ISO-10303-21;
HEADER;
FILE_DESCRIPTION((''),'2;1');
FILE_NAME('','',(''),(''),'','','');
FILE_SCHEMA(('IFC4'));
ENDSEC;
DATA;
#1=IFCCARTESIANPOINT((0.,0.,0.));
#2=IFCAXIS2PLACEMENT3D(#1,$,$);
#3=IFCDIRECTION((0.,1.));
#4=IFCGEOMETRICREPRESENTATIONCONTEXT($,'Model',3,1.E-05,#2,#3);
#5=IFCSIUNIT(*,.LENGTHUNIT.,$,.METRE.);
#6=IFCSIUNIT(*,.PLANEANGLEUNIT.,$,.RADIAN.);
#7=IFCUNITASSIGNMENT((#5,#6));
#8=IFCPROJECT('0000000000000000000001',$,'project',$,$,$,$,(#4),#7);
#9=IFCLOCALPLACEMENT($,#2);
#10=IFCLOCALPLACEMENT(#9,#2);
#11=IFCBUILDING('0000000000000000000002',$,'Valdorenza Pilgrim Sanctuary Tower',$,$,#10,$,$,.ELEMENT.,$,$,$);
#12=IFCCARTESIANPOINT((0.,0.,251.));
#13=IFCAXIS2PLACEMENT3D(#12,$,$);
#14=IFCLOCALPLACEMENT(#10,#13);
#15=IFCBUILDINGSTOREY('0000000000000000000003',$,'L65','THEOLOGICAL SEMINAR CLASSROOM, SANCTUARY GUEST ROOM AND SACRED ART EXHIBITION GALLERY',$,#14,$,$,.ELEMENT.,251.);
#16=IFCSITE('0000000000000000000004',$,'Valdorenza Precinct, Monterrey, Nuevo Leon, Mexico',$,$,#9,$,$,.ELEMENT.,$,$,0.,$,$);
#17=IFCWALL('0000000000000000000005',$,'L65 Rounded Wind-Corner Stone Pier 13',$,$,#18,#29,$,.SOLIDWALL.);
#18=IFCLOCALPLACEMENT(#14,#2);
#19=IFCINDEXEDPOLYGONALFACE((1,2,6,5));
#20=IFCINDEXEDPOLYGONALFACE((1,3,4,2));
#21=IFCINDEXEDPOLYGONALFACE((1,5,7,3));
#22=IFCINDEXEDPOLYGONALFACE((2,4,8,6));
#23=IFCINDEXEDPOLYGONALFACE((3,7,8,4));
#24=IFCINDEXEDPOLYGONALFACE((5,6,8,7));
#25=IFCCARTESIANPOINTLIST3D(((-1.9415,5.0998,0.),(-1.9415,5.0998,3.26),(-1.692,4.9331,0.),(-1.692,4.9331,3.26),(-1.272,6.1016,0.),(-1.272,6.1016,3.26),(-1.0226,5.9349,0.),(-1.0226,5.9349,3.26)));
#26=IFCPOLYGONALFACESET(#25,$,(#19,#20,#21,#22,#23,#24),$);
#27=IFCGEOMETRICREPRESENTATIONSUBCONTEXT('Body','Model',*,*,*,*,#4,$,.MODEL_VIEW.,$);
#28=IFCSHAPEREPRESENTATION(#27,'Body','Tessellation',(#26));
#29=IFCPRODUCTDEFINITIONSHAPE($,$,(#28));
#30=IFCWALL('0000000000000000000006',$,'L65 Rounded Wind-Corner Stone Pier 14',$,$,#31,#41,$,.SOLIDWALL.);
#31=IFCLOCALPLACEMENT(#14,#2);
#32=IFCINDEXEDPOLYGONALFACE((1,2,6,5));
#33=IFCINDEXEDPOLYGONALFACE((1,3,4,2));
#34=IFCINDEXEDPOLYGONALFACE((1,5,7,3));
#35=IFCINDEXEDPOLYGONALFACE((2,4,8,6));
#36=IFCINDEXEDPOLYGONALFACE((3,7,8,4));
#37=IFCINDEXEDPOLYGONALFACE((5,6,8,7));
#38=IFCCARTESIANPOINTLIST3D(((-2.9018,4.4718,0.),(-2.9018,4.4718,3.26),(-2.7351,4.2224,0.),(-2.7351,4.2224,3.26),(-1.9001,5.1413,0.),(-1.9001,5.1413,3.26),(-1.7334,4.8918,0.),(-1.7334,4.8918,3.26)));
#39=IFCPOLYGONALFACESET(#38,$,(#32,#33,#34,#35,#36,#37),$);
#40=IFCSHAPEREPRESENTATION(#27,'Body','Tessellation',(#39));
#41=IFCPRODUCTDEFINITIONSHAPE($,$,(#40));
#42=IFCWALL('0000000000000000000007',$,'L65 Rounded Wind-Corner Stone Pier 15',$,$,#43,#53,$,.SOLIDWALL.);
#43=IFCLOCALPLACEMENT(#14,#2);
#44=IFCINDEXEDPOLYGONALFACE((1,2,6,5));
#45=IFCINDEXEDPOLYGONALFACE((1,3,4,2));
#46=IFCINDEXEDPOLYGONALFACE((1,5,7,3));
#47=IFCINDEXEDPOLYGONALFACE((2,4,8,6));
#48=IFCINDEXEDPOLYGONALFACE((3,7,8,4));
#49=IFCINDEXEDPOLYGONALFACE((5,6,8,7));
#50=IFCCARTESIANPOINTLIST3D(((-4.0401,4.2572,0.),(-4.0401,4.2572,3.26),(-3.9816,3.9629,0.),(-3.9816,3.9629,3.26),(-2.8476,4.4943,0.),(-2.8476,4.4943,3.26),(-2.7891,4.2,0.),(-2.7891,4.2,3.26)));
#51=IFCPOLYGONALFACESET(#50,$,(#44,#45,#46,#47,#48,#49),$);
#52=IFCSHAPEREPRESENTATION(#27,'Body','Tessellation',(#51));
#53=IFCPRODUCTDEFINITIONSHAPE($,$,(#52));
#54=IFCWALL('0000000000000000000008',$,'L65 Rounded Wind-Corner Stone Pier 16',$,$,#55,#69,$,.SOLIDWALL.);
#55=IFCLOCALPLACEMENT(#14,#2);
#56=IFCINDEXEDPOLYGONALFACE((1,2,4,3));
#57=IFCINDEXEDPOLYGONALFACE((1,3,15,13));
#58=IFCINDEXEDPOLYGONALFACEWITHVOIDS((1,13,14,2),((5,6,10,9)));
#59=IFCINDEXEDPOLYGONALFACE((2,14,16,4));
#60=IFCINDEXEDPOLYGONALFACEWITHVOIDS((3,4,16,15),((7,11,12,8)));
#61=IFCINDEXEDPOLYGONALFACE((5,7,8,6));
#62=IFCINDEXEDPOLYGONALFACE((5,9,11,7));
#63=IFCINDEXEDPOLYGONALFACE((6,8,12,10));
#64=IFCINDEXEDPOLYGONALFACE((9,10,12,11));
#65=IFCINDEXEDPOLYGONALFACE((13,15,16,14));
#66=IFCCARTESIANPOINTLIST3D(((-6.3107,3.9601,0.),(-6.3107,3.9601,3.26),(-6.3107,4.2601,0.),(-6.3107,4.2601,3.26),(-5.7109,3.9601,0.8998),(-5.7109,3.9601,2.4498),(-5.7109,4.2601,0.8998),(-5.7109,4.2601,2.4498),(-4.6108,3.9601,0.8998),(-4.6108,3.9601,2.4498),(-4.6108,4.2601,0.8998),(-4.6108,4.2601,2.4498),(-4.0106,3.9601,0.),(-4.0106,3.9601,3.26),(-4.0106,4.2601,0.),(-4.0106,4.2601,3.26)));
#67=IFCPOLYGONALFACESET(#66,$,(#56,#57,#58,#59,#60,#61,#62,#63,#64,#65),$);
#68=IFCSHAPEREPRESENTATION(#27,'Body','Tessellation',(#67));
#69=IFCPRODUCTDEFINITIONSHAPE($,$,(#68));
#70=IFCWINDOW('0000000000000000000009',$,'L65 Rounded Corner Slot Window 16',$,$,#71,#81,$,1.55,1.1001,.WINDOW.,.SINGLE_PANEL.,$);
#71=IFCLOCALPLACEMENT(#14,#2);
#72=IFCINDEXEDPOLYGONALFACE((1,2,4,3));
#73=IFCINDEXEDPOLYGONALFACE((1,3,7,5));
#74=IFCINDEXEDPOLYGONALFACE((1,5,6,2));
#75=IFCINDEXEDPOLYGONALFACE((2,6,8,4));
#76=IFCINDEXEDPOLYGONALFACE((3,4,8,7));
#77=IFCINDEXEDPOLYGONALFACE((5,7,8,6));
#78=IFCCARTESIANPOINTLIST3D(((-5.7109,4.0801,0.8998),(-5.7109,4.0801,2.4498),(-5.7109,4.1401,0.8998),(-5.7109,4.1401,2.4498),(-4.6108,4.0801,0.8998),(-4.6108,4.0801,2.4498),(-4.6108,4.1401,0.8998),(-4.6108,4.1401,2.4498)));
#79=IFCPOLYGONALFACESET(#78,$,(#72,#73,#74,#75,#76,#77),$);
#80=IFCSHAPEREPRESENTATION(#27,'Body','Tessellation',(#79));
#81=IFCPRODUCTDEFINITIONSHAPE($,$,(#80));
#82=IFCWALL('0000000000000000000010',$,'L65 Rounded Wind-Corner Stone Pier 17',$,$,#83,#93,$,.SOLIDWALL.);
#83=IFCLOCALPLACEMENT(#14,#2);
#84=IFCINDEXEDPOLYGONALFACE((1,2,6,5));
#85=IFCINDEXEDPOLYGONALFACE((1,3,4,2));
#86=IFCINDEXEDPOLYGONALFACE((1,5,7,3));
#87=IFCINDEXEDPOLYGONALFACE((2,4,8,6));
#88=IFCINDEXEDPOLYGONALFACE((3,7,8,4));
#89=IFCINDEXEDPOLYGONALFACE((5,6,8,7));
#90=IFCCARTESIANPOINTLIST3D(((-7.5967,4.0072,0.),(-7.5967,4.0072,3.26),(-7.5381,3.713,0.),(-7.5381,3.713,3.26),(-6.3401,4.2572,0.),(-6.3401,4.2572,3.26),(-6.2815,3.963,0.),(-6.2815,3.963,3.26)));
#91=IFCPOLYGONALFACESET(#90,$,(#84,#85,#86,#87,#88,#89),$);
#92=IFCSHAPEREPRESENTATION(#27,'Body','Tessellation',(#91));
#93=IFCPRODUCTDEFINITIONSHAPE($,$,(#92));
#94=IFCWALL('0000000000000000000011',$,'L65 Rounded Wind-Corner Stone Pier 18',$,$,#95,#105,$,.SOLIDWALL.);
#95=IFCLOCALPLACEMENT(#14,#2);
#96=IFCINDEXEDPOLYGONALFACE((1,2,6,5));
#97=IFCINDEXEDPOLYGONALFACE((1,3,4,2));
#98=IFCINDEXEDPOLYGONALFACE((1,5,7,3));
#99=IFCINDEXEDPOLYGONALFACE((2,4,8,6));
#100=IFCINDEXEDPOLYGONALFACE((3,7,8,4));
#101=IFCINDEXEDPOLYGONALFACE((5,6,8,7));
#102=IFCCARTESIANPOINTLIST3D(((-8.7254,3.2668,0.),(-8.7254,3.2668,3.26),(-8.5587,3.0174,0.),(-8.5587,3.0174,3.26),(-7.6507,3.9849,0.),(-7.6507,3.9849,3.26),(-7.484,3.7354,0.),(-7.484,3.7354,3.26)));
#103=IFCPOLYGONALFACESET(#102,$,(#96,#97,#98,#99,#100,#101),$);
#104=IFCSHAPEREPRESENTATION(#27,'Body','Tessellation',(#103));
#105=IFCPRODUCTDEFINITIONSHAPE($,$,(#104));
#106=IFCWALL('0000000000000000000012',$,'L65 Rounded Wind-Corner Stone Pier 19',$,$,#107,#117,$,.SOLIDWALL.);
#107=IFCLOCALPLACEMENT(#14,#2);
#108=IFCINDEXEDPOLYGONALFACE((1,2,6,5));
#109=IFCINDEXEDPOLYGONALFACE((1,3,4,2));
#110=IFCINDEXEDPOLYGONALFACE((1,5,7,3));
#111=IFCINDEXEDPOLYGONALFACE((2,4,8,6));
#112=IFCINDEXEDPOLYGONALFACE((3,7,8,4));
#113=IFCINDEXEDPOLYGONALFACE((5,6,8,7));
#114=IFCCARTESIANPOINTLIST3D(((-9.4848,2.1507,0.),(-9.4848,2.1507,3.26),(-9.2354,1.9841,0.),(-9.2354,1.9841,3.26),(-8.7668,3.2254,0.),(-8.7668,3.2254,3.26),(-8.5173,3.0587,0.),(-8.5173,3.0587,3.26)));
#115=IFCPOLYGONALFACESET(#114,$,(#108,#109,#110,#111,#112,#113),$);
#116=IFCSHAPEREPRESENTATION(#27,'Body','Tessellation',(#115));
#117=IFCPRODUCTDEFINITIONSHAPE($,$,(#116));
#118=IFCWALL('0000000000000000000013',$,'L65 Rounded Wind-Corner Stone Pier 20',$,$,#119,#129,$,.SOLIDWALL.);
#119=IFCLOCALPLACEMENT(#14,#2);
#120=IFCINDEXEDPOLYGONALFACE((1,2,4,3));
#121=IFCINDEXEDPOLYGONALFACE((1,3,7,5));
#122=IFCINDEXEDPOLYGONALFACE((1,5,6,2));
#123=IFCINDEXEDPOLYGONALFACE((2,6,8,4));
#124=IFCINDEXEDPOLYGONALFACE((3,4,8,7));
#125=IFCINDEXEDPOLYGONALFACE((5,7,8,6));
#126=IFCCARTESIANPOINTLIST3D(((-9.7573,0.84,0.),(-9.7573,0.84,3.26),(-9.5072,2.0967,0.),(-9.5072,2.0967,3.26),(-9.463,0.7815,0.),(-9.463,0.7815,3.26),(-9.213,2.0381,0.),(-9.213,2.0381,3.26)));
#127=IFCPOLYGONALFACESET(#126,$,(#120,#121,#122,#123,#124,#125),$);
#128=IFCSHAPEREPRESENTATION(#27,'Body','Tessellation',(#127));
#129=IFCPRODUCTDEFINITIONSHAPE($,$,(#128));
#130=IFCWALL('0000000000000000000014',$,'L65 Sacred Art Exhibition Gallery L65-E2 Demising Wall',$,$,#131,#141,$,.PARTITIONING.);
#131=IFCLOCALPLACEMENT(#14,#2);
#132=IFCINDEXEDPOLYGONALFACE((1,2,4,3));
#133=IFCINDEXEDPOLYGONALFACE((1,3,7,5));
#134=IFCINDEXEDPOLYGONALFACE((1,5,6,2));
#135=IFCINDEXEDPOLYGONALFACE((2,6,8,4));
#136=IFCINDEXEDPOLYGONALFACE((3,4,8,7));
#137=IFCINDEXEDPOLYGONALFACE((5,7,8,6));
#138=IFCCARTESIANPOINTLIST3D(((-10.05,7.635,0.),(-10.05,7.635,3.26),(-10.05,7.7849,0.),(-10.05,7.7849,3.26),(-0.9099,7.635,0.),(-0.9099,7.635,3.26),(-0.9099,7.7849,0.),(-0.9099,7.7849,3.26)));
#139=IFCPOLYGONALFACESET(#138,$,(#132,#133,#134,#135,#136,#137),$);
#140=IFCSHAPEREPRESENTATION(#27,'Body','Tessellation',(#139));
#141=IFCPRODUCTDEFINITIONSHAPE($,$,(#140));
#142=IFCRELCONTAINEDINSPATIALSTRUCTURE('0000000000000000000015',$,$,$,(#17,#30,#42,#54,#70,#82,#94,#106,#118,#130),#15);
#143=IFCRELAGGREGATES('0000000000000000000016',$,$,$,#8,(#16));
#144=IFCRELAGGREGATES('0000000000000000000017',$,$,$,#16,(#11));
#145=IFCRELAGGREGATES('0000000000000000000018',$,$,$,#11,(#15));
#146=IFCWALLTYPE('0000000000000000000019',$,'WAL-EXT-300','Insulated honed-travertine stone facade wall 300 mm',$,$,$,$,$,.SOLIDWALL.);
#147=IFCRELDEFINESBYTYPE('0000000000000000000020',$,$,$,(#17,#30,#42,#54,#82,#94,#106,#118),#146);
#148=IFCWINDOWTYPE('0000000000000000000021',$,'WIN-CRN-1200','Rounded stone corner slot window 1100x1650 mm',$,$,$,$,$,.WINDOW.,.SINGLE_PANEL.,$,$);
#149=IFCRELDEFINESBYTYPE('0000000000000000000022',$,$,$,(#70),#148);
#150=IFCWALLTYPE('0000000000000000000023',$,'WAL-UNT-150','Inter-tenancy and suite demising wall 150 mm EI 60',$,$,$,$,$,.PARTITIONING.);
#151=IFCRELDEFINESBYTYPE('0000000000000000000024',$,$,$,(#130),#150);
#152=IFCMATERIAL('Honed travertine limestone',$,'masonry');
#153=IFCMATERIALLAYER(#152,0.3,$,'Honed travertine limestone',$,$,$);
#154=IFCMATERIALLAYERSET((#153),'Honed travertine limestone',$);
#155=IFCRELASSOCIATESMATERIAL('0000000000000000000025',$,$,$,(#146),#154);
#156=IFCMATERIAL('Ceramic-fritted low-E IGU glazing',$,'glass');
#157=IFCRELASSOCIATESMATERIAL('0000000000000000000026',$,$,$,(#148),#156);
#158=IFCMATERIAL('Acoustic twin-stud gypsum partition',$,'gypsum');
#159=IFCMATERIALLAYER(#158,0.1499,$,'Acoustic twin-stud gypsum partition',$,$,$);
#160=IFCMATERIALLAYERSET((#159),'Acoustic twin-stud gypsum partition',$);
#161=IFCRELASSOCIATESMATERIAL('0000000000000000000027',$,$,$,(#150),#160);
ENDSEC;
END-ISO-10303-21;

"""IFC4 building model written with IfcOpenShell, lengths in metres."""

from ifc_helpers import new_model, si_unit, direction, frame, frame_2d, origin, place, context, subcontext, project, spatial, rectangle, extrude, material, layer, layer_set, type_object, element, fill, save


model = new_model("IFC4")

# Units and contexts
model_context = context("Model", 3, precision=1e-05, world=origin(), true_north=direction((0.0, 1.0)))
body_context = subcontext(model_context, "Body", "Model", "MODEL_VIEW")
ifc_project = project(units=[si_unit("LENGTHUNIT", "METRE"), si_unit("PLANEANGLEUNIT", "RADIAN")], contexts=[model_context])

# Site, building, storey
site_placement = place(None, origin())
site = spatial("IfcSite", under=ifc_project, at=site_placement, Name="Valdorenza Precinct, Monterrey, Nuevo Leon, Mexico", CompositionType="ELEMENT", RefElevation=0.0)
building_placement = place(site_placement, origin())
building = spatial("IfcBuilding", under=site, at=building_placement, Name="Valdorenza Pilgrim Sanctuary Tower", CompositionType="ELEMENT")
storey_placement = place(building_placement, frame((0.0, 0.0, 251.0)))
storey = spatial("IfcBuildingStorey", under=building, at=storey_placement, Name="L65", Description="THEOLOGICAL SEMINAR CLASSROOM, SANCTUARY GUEST ROOM AND SACRED ART EXHIBITION GALLERY", CompositionType="ELEMENT", Elevation=251.0)

# Shared definitions
ifc_material_1 = material(Name="Ceramic-fritted low-E IGU glazing", Category="glass")

# Shared definitions
ifc_material_2 = material(Name="Acoustic twin-stud gypsum partition", Category="gypsum")

# Walls
ifc_material_3 = material(Name="Honed travertine limestone", Category="masonry")
ifc_layer_1 = layer(ifc_material_3, 0.3, Name="Honed travertine limestone")
ifc_layer_set_1 = layer_set([ifc_layer_1], Name="Honed travertine limestone")
wall_type_1 = type_object("IfcWallType", Name="WAL-EXT-300", Description="Insulated honed-travertine stone facade wall 300 mm", PredefinedType="SOLIDWALL", material=ifc_layer_set_1)
for number, where, z_axis, x_axis, name in (
    (1, (-1.1472, 6.0183, 0.0), (0.0, 0.0, 1.0), (-0.555635, -0.831426, 0.0), "L65 Rounded Wind-Corner Stone Pier 13"),
    (2, (-1.8167, 5.0166, 0.0), (0.0, 0.0, 1.0), (-0.831426, -0.555635, 0.0), "L65 Rounded Wind-Corner Stone Pier 14"),
):
    element("IfcWall", number, at=place(storey_placement, frame(where, z_axis=z_axis, x_axis=x_axis)), inside=storey, type_object=wall_type_1, Name=name, PredefinedType="SOLIDWALL", context=body_context, shape_type="SweptSolid", body=[
        extrude(rectangle(XDim=1.2048, YDim=0.3, at=frame_2d((0.6025, 0.0))), origin(), (0.0, 0.0, 1.0), 3.26),
    ])
wall_1_placement = place(storey_placement, frame((-2.8184, 4.3472, 0.0), z_axis=(0.0, 0.0, 1.0), x_axis=(-0.980804, -0.194996, 0.0)))
element("IfcWall", 3, at=wall_1_placement, inside=storey, type_object=wall_type_1, Name="L65 Rounded Wind-Corner Stone Pier 15", PredefinedType="SOLIDWALL", context=body_context, shape_type="SweptSolid", body=[
    extrude(rectangle(XDim=1.2158, YDim=0.3, at=frame_2d((0.6079, 0.0))), origin(), (0.0, 0.0, 1.0), 3.26),
])

# Wall, opening, window
wall_2_placement = place(storey_placement, frame((-4.0107, 4.1101, 0.0), z_axis=(0.0, 0.0, 1.0), x_axis=(-1.0, 0.0, 0.0)))
wall_2 = element("IfcWall", 4, at=wall_2_placement, inside=storey, type_object=wall_type_1, Name="L65 Rounded Wind-Corner Stone Pier 16", PredefinedType="SOLIDWALL", context=body_context, shape_type="SweptSolid", body=[
    extrude(rectangle(XDim=2.3, YDim=0.3, at=frame_2d((1.1499, 0.0))), origin(), (0.0, 0.0, 1.0), 3.26),
])
opening_1_placement = place(wall_2_placement, frame((0.6001, 0.0, 0.8999)))
opening_1 = element("IfcOpeningElement", 5, at=opening_1_placement, cuts=wall_2, PredefinedType="OPENING", context=body_context, shape_type="SweptSolid", body=[
    extrude(rectangle(XDim=1.1001, YDim=1.55, at=frame_2d((0.55, 0.7749))), frame((0.0, 0.165, 0.0), z_axis=(0.0, -1.0, 0.0), x_axis=(1.0, 0.0, 0.0)), (0.0, 0.0, 1.0), 0.3298),
])
window_type = type_object("IfcWindowType", Name="WIN-CRN-1200", Description="Rounded stone corner slot window 1100x1650 mm", PartitioningType="SINGLE_PANEL", PredefinedType="WINDOW", material=ifc_material_1)
window_placement = place(opening_1_placement, origin())
window = element("IfcWindow", 6, at=window_placement, inside=storey, type_object=window_type, Name="L65 Rounded Corner Slot Window 16", OverallHeight=1.55, OverallWidth=1.1001, PartitioningType="SINGLE_PANEL", PredefinedType="WINDOW", context=body_context, shape_type="SweptSolid", body=[
    extrude(rectangle(XDim=1.1001, YDim=1.55, at=frame_2d((0.55, 0.7749))), frame((0.0, 0.03, 0.0), z_axis=(0.0, -1.0, 0.0), x_axis=(1.0, 0.0, 0.0)), (0.0, 0.0, 1.0), 0.0601),
])
fill(opening_1, window)

# Walls
wall_3_placement = place(storey_placement, frame((-6.3108, 4.1101, 0.0), z_axis=(0.0, 0.0, 1.0), x_axis=(-0.980778, -0.195127, 0.0)))
element("IfcWall", 7, at=wall_3_placement, inside=storey, type_object=wall_type_1, Name="L65 Rounded Wind-Corner Stone Pier 17", PredefinedType="SOLIDWALL", context=body_context, shape_type="SweptSolid", body=[
    extrude(rectangle(XDim=1.2812, YDim=0.3, at=frame_2d((0.6406, 0.0))), origin(), (0.0, 0.0, 1.0), 3.26),
])
for number, where, z_axis, x_axis, name in (
    (8, (-7.5674, 3.8601, 0.0), (0.0, 0.0, 1.0), (-0.831498, -0.555528, 0.0), "L65 Rounded Wind-Corner Stone Pier 18"),
    (9, (-8.6421, 3.1421, 0.0), (0.0, 0.0, 1.0), (-0.555528, -0.831498, 0.0), "L65 Rounded Wind-Corner Stone Pier 19"),
):
    element("IfcWall", number, at=place(storey_placement, frame(where, z_axis=z_axis, x_axis=x_axis)), inside=storey, type_object=wall_type_1, Name=name, PredefinedType="SOLIDWALL", context=body_context, shape_type="SweptSolid", body=[
        extrude(rectangle(XDim=1.2925, YDim=0.3, at=frame_2d((0.6462, 0.0))), origin(), (0.0, 0.0, 1.0), 3.26),
    ])
wall_4_placement = place(storey_placement, frame((-9.3601, 2.0674, 0.0), z_axis=(0.0, 0.0, 1.0), x_axis=(-0.195127, -0.980778, 0.0)))
element("IfcWall", 10, at=wall_4_placement, inside=storey, type_object=wall_type_1, Name="L65 Rounded Wind-Corner Stone Pier 20", PredefinedType="SOLIDWALL", context=body_context, shape_type="SweptSolid", body=[
    extrude(rectangle(XDim=1.2812, YDim=0.3, at=frame_2d((0.6406, 0.0))), origin(), (0.0, 0.0, 1.0), 3.26),
])
ifc_layer_2 = layer(ifc_material_2, 0.1499, Name="Acoustic twin-stud gypsum partition")
ifc_layer_set_2 = layer_set([ifc_layer_2], Name="Acoustic twin-stud gypsum partition")
wall_type_2 = type_object("IfcWallType", Name="WAL-UNT-150", Description="Inter-tenancy and suite demising wall 150 mm EI 60", PredefinedType="PARTITIONING", material=ifc_layer_set_2)
wall_5_placement = place(storey_placement, frame((-10.05, 7.71, 0.0), z_axis=(0.0, 0.0, 1.0), x_axis=(1.0, 0.0, 0.0)))
element("IfcWall", 11, at=wall_5_placement, inside=storey, type_object=wall_type_2, Name="L65 Sacred Art Exhibition Gallery L65-E2 Demising Wall", PredefinedType="PARTITIONING", context=body_context, shape_type="SweptSolid", body=[
    extrude(rectangle(XDim=9.1401, YDim=0.1499, at=frame_2d((4.5701, 0.0))), origin(), (0.0, 0.0, 1.0), 3.26),
])

save(model, "model.ifc")
